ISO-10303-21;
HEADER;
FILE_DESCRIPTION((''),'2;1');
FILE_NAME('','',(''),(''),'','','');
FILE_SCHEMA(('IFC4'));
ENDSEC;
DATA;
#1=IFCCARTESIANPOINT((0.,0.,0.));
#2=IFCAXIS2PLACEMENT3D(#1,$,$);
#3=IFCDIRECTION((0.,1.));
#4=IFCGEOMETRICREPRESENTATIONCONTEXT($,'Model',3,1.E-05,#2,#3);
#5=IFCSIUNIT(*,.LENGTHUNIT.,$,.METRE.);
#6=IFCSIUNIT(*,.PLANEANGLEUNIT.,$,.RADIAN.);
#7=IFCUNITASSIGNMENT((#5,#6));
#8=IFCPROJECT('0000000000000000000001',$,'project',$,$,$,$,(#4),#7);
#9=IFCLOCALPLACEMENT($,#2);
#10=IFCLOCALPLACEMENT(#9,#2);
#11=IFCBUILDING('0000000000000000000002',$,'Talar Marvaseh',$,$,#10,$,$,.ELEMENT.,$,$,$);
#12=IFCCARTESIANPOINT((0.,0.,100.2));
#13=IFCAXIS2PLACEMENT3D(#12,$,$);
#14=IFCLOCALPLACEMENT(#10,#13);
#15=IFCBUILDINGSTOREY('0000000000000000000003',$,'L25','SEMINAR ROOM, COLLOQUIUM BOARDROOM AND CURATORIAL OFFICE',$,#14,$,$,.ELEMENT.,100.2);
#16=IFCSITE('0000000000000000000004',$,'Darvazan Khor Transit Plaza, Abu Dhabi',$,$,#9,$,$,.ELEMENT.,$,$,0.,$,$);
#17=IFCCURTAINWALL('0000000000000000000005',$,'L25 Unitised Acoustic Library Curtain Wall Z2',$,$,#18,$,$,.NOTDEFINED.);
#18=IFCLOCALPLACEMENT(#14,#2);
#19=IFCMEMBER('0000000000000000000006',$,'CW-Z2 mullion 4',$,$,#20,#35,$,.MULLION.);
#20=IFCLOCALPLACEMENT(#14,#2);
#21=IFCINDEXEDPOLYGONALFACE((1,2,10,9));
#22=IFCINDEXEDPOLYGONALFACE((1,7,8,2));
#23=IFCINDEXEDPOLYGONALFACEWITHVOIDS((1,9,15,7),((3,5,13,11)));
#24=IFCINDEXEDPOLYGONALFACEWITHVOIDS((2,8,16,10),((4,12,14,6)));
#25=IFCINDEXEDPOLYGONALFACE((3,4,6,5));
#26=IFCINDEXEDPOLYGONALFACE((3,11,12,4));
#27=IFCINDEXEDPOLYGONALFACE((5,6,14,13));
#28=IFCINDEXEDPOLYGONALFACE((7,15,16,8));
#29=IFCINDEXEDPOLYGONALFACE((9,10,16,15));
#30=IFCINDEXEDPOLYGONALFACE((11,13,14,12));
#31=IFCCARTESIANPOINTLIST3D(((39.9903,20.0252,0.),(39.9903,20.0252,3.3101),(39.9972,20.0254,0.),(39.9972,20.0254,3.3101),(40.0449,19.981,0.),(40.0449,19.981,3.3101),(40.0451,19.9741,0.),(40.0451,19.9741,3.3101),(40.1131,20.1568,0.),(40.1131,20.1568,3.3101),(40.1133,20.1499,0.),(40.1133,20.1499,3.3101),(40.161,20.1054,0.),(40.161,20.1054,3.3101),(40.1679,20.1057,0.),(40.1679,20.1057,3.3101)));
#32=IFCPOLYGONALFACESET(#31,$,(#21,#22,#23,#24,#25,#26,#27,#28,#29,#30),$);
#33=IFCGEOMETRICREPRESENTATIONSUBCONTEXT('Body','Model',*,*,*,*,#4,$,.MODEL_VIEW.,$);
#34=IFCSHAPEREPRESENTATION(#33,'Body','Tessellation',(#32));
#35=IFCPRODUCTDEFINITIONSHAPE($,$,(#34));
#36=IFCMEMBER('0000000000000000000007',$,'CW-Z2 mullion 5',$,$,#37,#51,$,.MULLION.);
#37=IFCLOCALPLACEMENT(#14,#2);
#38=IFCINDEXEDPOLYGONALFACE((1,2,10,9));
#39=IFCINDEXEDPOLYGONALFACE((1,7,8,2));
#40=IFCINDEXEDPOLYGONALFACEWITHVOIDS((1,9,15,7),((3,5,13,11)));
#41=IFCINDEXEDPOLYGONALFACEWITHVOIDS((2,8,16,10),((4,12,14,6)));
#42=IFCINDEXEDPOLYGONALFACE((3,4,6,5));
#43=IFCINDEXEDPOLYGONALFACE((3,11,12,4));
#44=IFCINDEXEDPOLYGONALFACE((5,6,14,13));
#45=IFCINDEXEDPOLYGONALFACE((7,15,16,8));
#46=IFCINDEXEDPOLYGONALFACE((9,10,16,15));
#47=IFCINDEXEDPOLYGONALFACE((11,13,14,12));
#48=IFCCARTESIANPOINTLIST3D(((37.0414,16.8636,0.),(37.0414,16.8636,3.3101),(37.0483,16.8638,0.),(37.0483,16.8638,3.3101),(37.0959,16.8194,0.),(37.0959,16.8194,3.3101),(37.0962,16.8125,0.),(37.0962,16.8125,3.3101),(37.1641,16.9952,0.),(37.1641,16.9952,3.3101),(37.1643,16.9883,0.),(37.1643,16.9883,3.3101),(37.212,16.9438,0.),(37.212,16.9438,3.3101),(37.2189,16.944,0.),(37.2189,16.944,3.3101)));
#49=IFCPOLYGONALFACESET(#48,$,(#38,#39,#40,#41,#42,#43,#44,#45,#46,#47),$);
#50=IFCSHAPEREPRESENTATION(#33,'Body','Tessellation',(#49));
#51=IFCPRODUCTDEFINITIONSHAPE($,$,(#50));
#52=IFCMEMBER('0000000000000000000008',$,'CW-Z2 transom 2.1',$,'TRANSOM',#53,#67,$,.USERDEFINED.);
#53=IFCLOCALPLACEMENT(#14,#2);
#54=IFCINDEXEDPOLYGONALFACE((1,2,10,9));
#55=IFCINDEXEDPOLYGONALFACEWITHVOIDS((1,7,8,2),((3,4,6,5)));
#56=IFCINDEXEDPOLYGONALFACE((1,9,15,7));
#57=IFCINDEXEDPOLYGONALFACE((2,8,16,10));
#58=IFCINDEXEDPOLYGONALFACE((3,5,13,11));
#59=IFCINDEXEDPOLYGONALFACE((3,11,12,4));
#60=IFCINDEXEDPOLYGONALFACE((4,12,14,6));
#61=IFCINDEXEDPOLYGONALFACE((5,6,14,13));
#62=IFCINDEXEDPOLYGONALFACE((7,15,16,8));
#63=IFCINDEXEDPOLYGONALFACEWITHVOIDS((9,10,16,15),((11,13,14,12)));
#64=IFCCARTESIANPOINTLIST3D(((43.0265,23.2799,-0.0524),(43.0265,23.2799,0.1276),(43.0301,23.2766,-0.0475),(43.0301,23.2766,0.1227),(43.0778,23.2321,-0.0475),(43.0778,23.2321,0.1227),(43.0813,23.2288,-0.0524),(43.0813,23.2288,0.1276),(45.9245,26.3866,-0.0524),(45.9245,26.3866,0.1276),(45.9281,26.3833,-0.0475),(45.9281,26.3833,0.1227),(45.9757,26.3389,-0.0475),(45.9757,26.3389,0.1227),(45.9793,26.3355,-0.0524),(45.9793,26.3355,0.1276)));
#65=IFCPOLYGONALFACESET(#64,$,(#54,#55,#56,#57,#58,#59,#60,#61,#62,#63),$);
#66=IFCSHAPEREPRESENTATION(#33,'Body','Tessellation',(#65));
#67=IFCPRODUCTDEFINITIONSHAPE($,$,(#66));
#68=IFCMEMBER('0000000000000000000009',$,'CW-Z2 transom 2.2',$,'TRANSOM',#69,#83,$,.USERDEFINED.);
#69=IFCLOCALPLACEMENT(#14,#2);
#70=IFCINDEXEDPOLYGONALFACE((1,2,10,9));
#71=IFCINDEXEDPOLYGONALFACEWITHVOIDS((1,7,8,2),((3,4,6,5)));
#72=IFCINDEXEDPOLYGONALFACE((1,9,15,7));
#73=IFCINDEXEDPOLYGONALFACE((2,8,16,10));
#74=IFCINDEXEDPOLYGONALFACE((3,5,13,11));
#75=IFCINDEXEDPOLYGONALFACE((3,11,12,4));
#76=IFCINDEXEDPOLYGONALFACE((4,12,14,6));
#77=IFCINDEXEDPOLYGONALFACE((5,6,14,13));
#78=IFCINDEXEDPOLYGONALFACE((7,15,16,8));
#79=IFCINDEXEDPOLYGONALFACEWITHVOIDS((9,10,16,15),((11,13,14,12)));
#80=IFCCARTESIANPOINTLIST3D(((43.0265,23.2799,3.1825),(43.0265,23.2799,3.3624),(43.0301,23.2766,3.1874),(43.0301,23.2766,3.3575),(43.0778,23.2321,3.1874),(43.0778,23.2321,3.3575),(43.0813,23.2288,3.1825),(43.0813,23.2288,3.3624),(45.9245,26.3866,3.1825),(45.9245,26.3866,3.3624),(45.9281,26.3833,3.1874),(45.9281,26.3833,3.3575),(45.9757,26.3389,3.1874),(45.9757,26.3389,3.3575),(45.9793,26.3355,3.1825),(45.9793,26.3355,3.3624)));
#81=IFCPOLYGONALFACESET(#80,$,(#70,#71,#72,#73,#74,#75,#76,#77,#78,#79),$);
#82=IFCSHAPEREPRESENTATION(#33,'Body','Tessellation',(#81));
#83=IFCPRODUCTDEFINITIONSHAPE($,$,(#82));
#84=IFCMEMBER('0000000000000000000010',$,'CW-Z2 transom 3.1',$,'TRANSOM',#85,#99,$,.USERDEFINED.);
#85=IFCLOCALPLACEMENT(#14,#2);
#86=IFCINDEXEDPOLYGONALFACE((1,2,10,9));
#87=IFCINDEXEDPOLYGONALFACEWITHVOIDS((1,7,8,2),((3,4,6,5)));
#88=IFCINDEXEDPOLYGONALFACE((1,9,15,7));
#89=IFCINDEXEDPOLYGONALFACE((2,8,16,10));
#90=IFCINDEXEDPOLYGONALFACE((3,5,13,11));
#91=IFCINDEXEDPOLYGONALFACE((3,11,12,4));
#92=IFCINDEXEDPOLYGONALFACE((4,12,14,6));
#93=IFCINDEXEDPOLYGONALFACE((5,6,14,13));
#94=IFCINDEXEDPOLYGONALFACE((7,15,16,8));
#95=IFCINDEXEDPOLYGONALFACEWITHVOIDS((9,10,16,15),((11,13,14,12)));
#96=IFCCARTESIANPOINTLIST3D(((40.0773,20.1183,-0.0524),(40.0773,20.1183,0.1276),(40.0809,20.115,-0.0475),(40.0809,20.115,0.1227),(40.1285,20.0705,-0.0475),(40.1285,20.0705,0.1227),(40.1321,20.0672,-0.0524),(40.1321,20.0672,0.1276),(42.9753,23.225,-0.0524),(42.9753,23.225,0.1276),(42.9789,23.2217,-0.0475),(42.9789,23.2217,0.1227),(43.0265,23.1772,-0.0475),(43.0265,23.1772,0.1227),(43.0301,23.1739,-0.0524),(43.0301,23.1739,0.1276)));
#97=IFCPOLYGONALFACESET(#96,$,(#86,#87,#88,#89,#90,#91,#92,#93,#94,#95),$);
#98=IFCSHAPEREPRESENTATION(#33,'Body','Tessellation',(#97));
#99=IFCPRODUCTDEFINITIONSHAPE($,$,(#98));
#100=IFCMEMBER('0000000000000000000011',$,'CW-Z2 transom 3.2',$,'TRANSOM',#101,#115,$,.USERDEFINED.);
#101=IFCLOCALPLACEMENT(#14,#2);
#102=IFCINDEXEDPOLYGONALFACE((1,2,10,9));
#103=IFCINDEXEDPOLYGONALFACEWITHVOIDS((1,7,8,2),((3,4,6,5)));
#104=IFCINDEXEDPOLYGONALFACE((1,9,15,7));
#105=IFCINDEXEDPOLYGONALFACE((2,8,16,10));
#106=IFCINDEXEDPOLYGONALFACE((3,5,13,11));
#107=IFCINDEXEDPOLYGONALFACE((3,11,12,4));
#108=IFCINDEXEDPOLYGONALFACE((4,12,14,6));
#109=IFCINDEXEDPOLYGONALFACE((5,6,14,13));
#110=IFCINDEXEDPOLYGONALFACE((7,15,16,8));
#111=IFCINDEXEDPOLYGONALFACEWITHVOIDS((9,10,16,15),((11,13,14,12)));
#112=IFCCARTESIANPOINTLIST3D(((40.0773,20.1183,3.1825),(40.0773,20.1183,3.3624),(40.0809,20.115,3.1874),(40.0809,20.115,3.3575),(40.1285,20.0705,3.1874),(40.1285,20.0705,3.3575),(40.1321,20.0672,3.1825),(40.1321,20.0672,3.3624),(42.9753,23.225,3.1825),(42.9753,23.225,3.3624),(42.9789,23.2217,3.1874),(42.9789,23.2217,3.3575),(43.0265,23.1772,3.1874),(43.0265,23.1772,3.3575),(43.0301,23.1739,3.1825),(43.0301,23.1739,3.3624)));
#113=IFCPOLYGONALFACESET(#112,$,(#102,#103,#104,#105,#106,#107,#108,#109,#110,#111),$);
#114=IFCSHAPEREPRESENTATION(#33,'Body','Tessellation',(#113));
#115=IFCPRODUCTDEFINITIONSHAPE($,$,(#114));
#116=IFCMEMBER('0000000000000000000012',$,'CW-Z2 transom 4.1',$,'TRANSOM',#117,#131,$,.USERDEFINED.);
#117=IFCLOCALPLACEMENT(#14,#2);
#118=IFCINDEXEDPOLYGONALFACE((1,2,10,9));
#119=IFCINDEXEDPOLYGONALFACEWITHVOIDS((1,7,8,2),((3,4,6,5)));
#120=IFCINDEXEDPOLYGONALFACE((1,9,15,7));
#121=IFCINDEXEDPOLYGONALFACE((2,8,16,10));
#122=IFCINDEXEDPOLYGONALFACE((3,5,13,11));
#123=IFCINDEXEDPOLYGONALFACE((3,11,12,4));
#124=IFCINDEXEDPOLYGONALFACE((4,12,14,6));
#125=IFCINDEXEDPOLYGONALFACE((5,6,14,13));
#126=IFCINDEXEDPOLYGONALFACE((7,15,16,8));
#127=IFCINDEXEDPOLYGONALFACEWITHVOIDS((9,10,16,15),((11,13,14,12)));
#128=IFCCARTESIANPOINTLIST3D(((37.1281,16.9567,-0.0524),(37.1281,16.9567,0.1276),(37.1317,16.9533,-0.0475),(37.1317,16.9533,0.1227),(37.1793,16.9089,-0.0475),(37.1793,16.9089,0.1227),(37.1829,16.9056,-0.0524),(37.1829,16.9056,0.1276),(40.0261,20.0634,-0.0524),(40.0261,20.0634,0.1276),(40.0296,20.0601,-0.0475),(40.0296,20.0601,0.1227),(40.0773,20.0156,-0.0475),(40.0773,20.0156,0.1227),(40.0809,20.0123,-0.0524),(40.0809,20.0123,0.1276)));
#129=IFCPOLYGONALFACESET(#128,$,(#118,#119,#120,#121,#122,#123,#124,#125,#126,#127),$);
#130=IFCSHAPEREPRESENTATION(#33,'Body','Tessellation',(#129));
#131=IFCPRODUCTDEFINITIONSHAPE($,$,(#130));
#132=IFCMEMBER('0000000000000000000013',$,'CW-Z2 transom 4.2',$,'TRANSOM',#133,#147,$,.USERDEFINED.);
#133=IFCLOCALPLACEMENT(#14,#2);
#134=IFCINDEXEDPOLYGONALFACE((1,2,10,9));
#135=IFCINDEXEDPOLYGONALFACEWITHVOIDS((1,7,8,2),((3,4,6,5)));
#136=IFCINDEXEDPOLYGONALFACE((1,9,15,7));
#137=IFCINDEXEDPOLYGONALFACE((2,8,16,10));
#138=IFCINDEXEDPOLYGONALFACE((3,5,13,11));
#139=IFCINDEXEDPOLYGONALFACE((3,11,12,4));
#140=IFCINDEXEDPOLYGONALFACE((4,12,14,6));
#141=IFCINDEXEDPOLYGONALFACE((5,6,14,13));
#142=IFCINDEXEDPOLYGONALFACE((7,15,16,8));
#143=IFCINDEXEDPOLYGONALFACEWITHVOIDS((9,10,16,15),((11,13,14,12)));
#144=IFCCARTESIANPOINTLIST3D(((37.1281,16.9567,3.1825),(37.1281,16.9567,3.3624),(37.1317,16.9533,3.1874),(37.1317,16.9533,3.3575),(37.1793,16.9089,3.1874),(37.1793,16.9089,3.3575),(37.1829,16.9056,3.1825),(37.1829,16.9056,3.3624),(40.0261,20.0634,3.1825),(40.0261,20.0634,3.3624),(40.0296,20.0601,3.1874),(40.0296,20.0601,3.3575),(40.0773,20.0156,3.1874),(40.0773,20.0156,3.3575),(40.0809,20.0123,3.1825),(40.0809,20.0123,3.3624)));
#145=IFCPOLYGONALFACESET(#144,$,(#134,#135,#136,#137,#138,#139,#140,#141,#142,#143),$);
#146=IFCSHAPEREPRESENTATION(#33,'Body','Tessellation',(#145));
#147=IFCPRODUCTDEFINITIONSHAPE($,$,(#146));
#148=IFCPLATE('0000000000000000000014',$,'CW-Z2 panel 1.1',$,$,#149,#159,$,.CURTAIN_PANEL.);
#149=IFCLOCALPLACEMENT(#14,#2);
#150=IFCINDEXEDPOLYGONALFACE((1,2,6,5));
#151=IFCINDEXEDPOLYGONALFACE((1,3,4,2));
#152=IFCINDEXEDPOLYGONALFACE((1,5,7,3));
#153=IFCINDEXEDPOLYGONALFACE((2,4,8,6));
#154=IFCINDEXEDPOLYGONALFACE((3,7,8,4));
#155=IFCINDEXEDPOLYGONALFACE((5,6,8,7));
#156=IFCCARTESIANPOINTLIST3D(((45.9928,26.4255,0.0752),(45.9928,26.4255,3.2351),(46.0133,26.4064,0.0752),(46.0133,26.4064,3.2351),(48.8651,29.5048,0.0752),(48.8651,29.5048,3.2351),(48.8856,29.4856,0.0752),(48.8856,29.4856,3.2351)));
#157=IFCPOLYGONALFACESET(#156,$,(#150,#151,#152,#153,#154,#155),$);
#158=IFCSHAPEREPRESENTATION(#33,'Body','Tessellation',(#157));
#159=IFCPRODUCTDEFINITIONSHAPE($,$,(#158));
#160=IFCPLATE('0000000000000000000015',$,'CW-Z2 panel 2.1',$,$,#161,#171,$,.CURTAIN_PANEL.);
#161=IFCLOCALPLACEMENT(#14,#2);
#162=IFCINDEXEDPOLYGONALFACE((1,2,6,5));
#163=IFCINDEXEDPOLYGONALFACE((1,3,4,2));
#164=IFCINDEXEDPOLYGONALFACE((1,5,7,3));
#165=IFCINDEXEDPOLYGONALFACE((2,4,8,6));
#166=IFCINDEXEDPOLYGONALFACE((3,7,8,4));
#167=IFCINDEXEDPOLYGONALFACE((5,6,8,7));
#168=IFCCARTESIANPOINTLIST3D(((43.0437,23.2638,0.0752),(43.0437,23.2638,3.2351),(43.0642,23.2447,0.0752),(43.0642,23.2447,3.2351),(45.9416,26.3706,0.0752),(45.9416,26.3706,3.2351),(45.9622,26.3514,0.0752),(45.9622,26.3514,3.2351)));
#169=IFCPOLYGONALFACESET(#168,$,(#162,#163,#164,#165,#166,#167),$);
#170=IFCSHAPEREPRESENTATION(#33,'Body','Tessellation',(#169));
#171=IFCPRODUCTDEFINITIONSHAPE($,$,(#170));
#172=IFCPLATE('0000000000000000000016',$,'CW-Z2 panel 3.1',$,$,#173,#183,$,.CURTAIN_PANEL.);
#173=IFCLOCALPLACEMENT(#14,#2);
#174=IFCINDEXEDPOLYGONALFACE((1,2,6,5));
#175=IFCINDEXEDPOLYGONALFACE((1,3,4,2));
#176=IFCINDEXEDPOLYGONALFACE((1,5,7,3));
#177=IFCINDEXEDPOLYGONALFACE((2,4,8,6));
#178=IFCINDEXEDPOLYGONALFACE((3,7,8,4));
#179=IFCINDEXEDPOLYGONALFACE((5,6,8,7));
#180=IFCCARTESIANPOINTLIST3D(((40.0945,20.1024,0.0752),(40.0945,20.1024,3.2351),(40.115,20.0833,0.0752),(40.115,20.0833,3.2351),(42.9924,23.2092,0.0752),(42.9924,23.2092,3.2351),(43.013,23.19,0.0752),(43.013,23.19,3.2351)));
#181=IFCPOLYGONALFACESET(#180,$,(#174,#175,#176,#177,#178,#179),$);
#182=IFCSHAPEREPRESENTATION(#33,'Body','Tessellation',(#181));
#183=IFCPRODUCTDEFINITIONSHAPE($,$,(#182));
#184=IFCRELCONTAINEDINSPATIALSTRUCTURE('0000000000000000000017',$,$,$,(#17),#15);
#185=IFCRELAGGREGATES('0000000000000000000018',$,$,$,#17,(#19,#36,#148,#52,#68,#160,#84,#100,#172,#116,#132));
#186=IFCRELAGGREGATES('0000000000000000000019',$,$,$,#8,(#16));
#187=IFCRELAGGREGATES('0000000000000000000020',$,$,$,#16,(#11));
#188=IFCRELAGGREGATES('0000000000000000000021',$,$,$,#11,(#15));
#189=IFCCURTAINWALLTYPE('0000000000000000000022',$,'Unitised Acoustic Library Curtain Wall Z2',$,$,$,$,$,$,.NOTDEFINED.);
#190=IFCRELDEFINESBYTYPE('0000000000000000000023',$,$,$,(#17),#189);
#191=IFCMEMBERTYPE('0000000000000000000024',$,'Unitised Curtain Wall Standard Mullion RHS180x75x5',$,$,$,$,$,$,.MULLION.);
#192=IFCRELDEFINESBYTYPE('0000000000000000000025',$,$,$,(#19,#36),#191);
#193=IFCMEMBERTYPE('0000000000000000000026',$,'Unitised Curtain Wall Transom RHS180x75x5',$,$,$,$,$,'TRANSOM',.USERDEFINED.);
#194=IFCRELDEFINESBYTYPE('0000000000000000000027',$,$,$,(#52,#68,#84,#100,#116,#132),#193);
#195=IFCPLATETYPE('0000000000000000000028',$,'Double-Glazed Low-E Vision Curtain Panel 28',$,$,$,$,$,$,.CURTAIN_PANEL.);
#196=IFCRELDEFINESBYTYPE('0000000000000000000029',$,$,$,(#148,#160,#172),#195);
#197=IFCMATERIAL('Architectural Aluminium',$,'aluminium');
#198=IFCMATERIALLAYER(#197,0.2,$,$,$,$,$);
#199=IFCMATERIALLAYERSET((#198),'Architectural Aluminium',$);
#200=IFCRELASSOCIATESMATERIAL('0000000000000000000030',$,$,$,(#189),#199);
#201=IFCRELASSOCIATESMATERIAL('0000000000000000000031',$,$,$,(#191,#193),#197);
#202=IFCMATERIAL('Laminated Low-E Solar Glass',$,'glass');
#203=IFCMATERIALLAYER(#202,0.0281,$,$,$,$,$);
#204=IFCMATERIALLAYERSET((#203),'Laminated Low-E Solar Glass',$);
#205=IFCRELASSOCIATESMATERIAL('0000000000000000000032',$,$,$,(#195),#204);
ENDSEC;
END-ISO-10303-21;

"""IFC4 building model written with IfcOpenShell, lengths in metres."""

from ifc_helpers import new_model, si_unit, direction, frame, origin, origin_2d, place, context, subcontext, project, spatial, rectangle, hollow_rectangle, extrude, source, transform, mapped, material, layer, layer_set, material_profile, profile_set, type_object, type_shapes, element, aggregate, save


model = new_model("IFC4")

# Units and contexts
model_context = context("Model", 3, precision=1e-05, world=origin(), true_north=direction((0.0, 1.0)))
body_context = subcontext(model_context, "Body", "Model", "MODEL_VIEW")
ifc_project = project(units=[si_unit("LENGTHUNIT", "METRE"), si_unit("PLANEANGLEUNIT", "RADIAN")], contexts=[model_context])

# Site, building, storey
site_placement = place(None, origin())
site = spatial("IfcSite", under=ifc_project, at=site_placement, Name="Darvazan Khor Transit Plaza, Abu Dhabi", CompositionType="ELEMENT", RefElevation=0.0)
building_placement = place(site_placement, origin())
building = spatial("IfcBuilding", under=site, at=building_placement, Name="Talar Marvaseh", CompositionType="ELEMENT")
storey_placement = place(building_placement, frame((0.0, 0.0, 100.2)))
storey = spatial("IfcBuildingStorey", under=building, at=storey_placement, Name="L25", Description="SEMINAR ROOM, COLLOQUIUM BOARDROOM AND CURATORIAL OFFICE", CompositionType="ELEMENT", Elevation=100.2)

# Curtain wall, members, plates
ifc_material_1 = material(Name="Architectural Aluminium", Category="aluminium")
ifc_layer_1 = layer(ifc_material_1, 0.2)
ifc_layer_set_1 = layer_set([ifc_layer_1], Name="Architectural Aluminium")
curtain_wall_type = type_object("IfcCurtainWallType", Name="Unitised Acoustic Library Curtain Wall Z2", PredefinedType="NOTDEFINED", material=ifc_layer_set_1)
curtain_wall_placement = place(storey_placement, origin())
curtain_wall = element("IfcCurtainWall", 1, at=curtain_wall_placement, inside=storey, type_object=curtain_wall_type, Name="L25 Unitised Acoustic Library Curtain Wall Z2", PredefinedType="NOTDEFINED")
ifc_material_profile_1 = material_profile(ifc_material_1, hollow_rectangle(XDim=0.075, YDim=0.1799, WallThickness=0.0049, at=origin_2d()), Name="RHS180x75x5")
ifc_profile_set_1 = profile_set([ifc_material_profile_1], Name="Architectural Aluminium")
member_type_1 = type_object("IfcMemberType", Name="Unitised Curtain Wall Standard Mullion RHS180x75x5", PredefinedType="MULLION", material=ifc_profile_set_1)
shared_shape_1 = source(origin(), body_context, "Body", "SweptSolid", [
    extrude(hollow_rectangle(XDim=0.075, YDim=0.1799, WallThickness=0.0049, at=origin_2d()), origin(), (0.0, 0.0, 1.0), 3.3101),
])
type_shapes(member_type_1, [shared_shape_1])
member_1_placement = place(storey_placement, frame((40.0791, 20.0654, 0.0), z_axis=(0.0, 0.0, 1.0), x_axis=(0.73125, -0.68211, 0.0)))
member_1 = element("IfcMember", 2, at=member_1_placement, type_object=member_type_1, Name="CW-Z2 mullion 4", PredefinedType="MULLION", context=body_context, shape_type="MappedRepresentation", body=[
    mapped(shared_shape_1, transform((0.0, 0.0, 0.0), x_axis=(1.0, 0.0, 0.0), y_axis=(0.0, 1.0, 0.0), z_axis=(0.0, 0.0, 1.0), scale=1.0)),
])
member_2_placement = place(storey_placement, frame((37.1301, 16.9038, 0.0), z_axis=(0.0, 0.0, 1.0), x_axis=(0.73125, -0.68211, 0.0)))
member_2 = element("IfcMember", 3, at=member_2_placement, type_object=member_type_1, Name="CW-Z2 mullion 5", PredefinedType="MULLION", context=body_context, shape_type="MappedRepresentation", body=[
    mapped(shared_shape_1, transform((0.0, 0.0, 0.0), x_axis=(1.0, 0.0, 0.0), y_axis=(0.0, 1.0, 0.0), z_axis=(0.0, 0.0, 1.0), scale=1.0)),
])
ifc_material_profile_2 = material_profile(ifc_material_1, hollow_rectangle(XDim=0.075, YDim=0.1799, WallThickness=0.0049, at=origin_2d()), Name="RHS180x75x5")
ifc_profile_set_2 = profile_set([ifc_material_profile_2], Name="Architectural Aluminium")
member_type_2 = type_object("IfcMemberType", Name="Unitised Curtain Wall Transom RHS180x75x5", ElementType="TRANSOM", PredefinedType="USERDEFINED", material=ifc_profile_set_2)
shared_shape_2 = source(origin(), body_context, "Body", "SweptSolid", [
    extrude(hollow_rectangle(XDim=0.075, YDim=0.1799, WallThickness=0.0049, at=origin_2d()), origin(), (0.0, 0.0, 1.0), 4.2485),
])
type_shapes(member_type_2, [shared_shape_2])
member_3_placement = place(storey_placement, frame((45.9519, 26.3611, 0.0376), z_axis=(-0.682113, -0.731246, 0.0), x_axis=(0.731246, -0.682113, 0.0)))
member_3 = element("IfcMember", 4, at=member_3_placement, type_object=member_type_2, Name="CW-Z2 transom 2.1", ObjectType="TRANSOM", PredefinedType="USERDEFINED", context=body_context, shape_type="MappedRepresentation", body=[
    mapped(shared_shape_2, transform((0.0, 0.0, 0.0), x_axis=(1.0, 0.0, 0.0), y_axis=(0.0, 1.0, 0.0), z_axis=(0.0, 0.0, 1.0), scale=1.0)),
])
member_4_placement = place(storey_placement, frame((45.9519, 26.3611, 3.2725), z_axis=(-0.682113, -0.731246, 0.0), x_axis=(0.731246, -0.682113, 0.0)))
member_4 = element("IfcMember", 5, at=member_4_placement, type_object=member_type_2, Name="CW-Z2 transom 2.2", ObjectType="TRANSOM", PredefinedType="USERDEFINED", context=body_context, shape_type="MappedRepresentation", body=[
    mapped(shared_shape_2, transform((0.0, 0.0, 0.0), x_axis=(1.0, 0.0, 0.0), y_axis=(0.0, 1.0, 0.0), z_axis=(0.0, 0.0, 1.0), scale=1.0)),
])
member_5_placement = place(storey_placement, frame((43.0027, 23.1995, 0.0376), z_axis=(-0.682113, -0.731246, 0.0), x_axis=(0.731246, -0.682113, 0.0)))
member_5 = element("IfcMember", 6, at=member_5_placement, type_object=member_type_2, Name="CW-Z2 transom 3.1", ObjectType="TRANSOM", PredefinedType="USERDEFINED", context=body_context, shape_type="MappedRepresentation", body=[
    mapped(shared_shape_2, transform((0.0, 0.0, 0.0), x_axis=(1.0, 0.0, 0.0), y_axis=(0.0, 1.0, 0.0), z_axis=(0.0, 0.0, 1.0), scale=1.0)),
])
member_6_placement = place(storey_placement, frame((43.0027, 23.1995, 3.2725), z_axis=(-0.682113, -0.731246, 0.0), x_axis=(0.731246, -0.682113, 0.0)))
member_6 = element("IfcMember", 7, at=member_6_placement, type_object=member_type_2, Name="CW-Z2 transom 3.2", ObjectType="TRANSOM", PredefinedType="USERDEFINED", context=body_context, shape_type="MappedRepresentation", body=[
    mapped(shared_shape_2, transform((0.0, 0.0, 0.0), x_axis=(1.0, 0.0, 0.0), y_axis=(0.0, 1.0, 0.0), z_axis=(0.0, 0.0, 1.0), scale=1.0)),
])
member_7_placement = place(storey_placement, frame((40.0535, 20.0378, 0.0376), z_axis=(-0.682113, -0.731246, 0.0), x_axis=(0.731246, -0.682113, 0.0)))
member_7 = element("IfcMember", 8, at=member_7_placement, type_object=member_type_2, Name="CW-Z2 transom 4.1", ObjectType="TRANSOM", PredefinedType="USERDEFINED", context=body_context, shape_type="MappedRepresentation", body=[
    mapped(shared_shape_2, transform((0.0, 0.0, 0.0), x_axis=(1.0, 0.0, 0.0), y_axis=(0.0, 1.0, 0.0), z_axis=(0.0, 0.0, 1.0), scale=1.0)),
])
member_8_placement = place(storey_placement, frame((40.0535, 20.0378, 3.2725), z_axis=(-0.682113, -0.731246, 0.0), x_axis=(0.731246, -0.682113, 0.0)))
member_8 = element("IfcMember", 9, at=member_8_placement, type_object=member_type_2, Name="CW-Z2 transom 4.2", ObjectType="TRANSOM", PredefinedType="USERDEFINED", context=body_context, shape_type="MappedRepresentation", body=[
    mapped(shared_shape_2, transform((0.0, 0.0, 0.0), x_axis=(1.0, 0.0, 0.0), y_axis=(0.0, 1.0, 0.0), z_axis=(0.0, 0.0, 1.0), scale=1.0)),
])
ifc_material_2 = material(Name="Laminated Low-E Solar Glass", Category="glass")
ifc_layer_2 = layer(ifc_material_2, 0.0281)
ifc_layer_set_2 = layer_set([ifc_layer_2], Name="Laminated Low-E Solar Glass")
plate_type = type_object("IfcPlateType", Name="Double-Glazed Low-E Vision Curtain Panel 28", PredefinedType="CURTAIN_PANEL", material=ifc_layer_set_2)
shared_shape_3 = source(origin(), body_context, "Body", "SweptSolid", [
    extrude(rectangle(XDim=4.2109, YDim=0.0281, at=origin_2d()), origin(), (0.0, 0.0, 1.0), 3.1599),
])
plate_1_placement = place(storey_placement, frame((47.4392, 27.9556, 0.0752), z_axis=(0.0, 0.0, 1.0), x_axis=(-0.68211, -0.73125, 0.0)))
plate_1 = element("IfcPlate", 10, at=plate_1_placement, type_object=plate_type, Name="CW-Z2 panel 1.1", PredefinedType="CURTAIN_PANEL", context=body_context, shape_type="MappedRepresentation", body=[
    mapped(shared_shape_3, transform((0.0, 0.0, 0.0), x_axis=(1.0, 0.0, 0.0), y_axis=(0.0, 1.0, 0.0), z_axis=(0.0, 0.0, 1.0), scale=1.0)),
])
shared_shape_4 = source(origin(), body_context, "Body", "SweptSolid", [
    extrude(rectangle(XDim=4.2485, YDim=0.0281, at=origin_2d()), origin(), (0.0, 0.0, 1.0), 3.1599),
])
type_shapes(plate_type, [shared_shape_3, shared_shape_4])
plate_2_placement = place(storey_placement, frame((44.5029, 24.8076, 0.0752), z_axis=(0.0, 0.0, 1.0), x_axis=(-0.68211, -0.73125, 0.0)))
plate_2 = element("IfcPlate", 11, at=plate_2_placement, type_object=plate_type, Name="CW-Z2 panel 2.1", PredefinedType="CURTAIN_PANEL", context=body_context, shape_type="MappedRepresentation", body=[
    mapped(shared_shape_4, transform((0.0, 0.0, 0.0), x_axis=(1.0, 0.0, 0.0), y_axis=(0.0, 1.0, 0.0), z_axis=(0.0, 0.0, 1.0), scale=1.0)),
])
plate_3_placement = place(storey_placement, frame((41.5537, 21.6462, 0.0752), z_axis=(0.0, 0.0, 1.0), x_axis=(-0.68211, -0.73125, 0.0)))
plate_3 = element("IfcPlate", 12, at=plate_3_placement, type_object=plate_type, Name="CW-Z2 panel 3.1", PredefinedType="CURTAIN_PANEL", context=body_context, shape_type="MappedRepresentation", body=[
    mapped(shared_shape_4, transform((0.0, 0.0, 0.0), x_axis=(1.0, 0.0, 0.0), y_axis=(0.0, 1.0, 0.0), z_axis=(0.0, 0.0, 1.0), scale=1.0)),
])
aggregate(curtain_wall, [member_1, member_2, plate_1, member_3, member_4, plate_2, member_5, member_6, plate_3, member_7, member_8])

save(model, "model.ifc")
